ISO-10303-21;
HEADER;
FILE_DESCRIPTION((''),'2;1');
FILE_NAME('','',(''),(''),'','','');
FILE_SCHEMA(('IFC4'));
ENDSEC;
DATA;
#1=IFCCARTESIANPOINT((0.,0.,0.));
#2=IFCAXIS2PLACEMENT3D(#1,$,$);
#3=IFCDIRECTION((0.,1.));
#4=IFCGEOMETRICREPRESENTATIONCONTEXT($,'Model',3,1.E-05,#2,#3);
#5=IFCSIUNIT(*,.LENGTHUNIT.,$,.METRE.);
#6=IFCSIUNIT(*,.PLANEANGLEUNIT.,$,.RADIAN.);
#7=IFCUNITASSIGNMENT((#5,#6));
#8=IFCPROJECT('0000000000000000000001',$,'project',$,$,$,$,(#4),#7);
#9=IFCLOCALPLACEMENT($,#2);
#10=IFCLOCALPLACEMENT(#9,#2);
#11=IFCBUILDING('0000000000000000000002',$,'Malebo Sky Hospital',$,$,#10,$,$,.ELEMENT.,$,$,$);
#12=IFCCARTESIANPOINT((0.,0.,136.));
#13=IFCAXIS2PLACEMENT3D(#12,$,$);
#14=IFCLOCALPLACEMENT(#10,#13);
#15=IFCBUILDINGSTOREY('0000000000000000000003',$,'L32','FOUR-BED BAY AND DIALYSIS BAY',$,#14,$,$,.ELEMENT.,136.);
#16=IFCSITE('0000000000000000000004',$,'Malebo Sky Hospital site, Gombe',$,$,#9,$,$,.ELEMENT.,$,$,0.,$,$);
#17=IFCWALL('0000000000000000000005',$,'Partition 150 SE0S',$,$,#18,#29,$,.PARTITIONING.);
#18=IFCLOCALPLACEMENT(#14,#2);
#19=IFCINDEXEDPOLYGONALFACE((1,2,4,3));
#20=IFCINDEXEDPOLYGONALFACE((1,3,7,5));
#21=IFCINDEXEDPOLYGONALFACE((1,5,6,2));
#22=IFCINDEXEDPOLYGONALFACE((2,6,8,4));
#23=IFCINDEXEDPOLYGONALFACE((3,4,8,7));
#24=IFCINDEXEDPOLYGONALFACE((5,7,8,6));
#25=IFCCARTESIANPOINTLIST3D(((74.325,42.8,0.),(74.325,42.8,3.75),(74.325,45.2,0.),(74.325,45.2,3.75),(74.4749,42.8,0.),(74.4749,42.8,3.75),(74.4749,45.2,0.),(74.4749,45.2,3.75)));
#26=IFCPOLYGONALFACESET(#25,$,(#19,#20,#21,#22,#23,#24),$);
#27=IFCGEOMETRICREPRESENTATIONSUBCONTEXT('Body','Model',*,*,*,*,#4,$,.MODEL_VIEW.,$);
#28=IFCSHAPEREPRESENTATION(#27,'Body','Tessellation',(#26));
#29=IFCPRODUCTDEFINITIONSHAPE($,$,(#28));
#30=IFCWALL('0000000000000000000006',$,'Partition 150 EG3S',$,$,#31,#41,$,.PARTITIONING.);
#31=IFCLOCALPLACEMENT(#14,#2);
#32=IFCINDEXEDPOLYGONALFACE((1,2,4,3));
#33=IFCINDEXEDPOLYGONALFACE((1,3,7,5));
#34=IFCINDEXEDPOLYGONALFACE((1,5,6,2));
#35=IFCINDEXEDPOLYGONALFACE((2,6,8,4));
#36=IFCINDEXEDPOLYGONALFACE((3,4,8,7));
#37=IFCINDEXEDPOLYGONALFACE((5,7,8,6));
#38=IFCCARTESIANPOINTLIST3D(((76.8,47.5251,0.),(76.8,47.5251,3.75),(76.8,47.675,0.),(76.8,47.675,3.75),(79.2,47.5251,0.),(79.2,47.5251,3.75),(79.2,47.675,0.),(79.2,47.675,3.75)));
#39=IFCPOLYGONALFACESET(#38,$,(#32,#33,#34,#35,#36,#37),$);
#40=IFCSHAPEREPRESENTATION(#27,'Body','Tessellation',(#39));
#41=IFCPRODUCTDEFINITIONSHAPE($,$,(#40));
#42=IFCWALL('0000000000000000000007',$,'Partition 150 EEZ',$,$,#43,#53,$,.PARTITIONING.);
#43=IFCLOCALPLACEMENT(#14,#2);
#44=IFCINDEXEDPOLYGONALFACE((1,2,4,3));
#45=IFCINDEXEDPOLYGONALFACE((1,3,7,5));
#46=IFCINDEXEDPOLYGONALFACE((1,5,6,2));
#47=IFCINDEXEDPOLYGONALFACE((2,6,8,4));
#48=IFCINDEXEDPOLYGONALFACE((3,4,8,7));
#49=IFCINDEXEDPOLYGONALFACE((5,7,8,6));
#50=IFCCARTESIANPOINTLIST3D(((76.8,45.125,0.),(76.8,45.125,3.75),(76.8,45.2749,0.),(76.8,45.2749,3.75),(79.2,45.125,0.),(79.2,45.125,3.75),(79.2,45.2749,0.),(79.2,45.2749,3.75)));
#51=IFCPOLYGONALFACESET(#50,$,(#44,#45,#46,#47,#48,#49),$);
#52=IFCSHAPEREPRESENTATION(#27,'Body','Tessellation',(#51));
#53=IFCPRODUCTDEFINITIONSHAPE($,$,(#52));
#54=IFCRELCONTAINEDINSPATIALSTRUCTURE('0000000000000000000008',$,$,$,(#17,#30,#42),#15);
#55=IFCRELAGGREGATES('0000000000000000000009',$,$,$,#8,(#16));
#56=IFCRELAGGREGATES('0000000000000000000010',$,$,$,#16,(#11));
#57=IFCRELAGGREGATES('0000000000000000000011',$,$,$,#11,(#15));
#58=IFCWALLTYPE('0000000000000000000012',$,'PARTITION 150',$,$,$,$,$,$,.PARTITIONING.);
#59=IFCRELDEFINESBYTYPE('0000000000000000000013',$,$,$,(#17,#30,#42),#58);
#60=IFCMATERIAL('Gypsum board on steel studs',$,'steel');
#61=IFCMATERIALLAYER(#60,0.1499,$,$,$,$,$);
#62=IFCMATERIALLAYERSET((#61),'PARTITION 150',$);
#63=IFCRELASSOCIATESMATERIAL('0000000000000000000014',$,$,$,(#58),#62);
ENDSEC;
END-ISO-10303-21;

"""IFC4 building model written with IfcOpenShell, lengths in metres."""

from ifc_helpers import new_model, si_unit, direction, frame, frame_2d, origin, place, context, subcontext, project, spatial, rectangle, extrude, material, layer, layer_set, type_object, element, save


model = new_model("IFC4")

# Units and contexts
model_context = context("Model", 3, precision=1e-05, world=origin(), true_north=direction((0.0, 1.0)))
body_context = subcontext(model_context, "Body", "Model", "MODEL_VIEW")
ifc_project = project(units=[si_unit("LENGTHUNIT", "METRE"), si_unit("PLANEANGLEUNIT", "RADIAN")], contexts=[model_context])

# Site, building, storey
site_placement = place(None, origin())
site = spatial("IfcSite", under=ifc_project, at=site_placement, Name="Malebo Sky Hospital site, Gombe", CompositionType="ELEMENT", RefElevation=0.0)
building_placement = place(site_placement, origin())
building = spatial("IfcBuilding", under=site, at=building_placement, Name="Malebo Sky Hospital", CompositionType="ELEMENT")
storey_placement = place(building_placement, frame((0.0, 0.0, 136.0)))
storey = spatial("IfcBuildingStorey", under=building, at=storey_placement, Name="L32", Description="FOUR-BED BAY AND DIALYSIS BAY", CompositionType="ELEMENT", Elevation=136.0)

# Shared definitions
ifc_material_1 = material(Name="Gypsum board on steel studs", Category="steel")

# Shared definitions
ifc_layer_1 = layer(ifc_material_1, 0.1499)
ifc_layer_set_1 = layer_set([ifc_layer_1], Name="PARTITION 150")
wall_type_1 = type_object("IfcWallType", Name="PARTITION 150", PredefinedType="PARTITIONING", material=ifc_layer_set_1)

# Walls
for number, where, z_axis, x_axis, name in (
    (1, (74.3999, 45.2, 0.0), (0.0, 0.0, 1.0), (0.0, -1.0, 0.0), "Partition 150 SE0S"),
    (2, (76.8, 47.6001, 0.0), (0.0, 0.0, 1.0), (1.0, 0.0, 0.0), "Partition 150 EG3S"),
    (3, (76.8, 45.2, 0.0), (0.0, 0.0, 1.0), (1.0, 0.0, 0.0), "Partition 150 EEZ"),
):
    element("IfcWall", number, at=place(storey_placement, frame(where, z_axis=z_axis, x_axis=x_axis)), inside=storey, type_object=wall_type_1, Name=name, PredefinedType="PARTITIONING", context=body_context, shape_type="SweptSolid", body=[
        extrude(rectangle(XDim=2.3999, YDim=0.1499, at=frame_2d((1.2, 0.0))), origin(), (0.0, 0.0, 1.0), 3.75),
    ])

save(model, "model.ifc")
